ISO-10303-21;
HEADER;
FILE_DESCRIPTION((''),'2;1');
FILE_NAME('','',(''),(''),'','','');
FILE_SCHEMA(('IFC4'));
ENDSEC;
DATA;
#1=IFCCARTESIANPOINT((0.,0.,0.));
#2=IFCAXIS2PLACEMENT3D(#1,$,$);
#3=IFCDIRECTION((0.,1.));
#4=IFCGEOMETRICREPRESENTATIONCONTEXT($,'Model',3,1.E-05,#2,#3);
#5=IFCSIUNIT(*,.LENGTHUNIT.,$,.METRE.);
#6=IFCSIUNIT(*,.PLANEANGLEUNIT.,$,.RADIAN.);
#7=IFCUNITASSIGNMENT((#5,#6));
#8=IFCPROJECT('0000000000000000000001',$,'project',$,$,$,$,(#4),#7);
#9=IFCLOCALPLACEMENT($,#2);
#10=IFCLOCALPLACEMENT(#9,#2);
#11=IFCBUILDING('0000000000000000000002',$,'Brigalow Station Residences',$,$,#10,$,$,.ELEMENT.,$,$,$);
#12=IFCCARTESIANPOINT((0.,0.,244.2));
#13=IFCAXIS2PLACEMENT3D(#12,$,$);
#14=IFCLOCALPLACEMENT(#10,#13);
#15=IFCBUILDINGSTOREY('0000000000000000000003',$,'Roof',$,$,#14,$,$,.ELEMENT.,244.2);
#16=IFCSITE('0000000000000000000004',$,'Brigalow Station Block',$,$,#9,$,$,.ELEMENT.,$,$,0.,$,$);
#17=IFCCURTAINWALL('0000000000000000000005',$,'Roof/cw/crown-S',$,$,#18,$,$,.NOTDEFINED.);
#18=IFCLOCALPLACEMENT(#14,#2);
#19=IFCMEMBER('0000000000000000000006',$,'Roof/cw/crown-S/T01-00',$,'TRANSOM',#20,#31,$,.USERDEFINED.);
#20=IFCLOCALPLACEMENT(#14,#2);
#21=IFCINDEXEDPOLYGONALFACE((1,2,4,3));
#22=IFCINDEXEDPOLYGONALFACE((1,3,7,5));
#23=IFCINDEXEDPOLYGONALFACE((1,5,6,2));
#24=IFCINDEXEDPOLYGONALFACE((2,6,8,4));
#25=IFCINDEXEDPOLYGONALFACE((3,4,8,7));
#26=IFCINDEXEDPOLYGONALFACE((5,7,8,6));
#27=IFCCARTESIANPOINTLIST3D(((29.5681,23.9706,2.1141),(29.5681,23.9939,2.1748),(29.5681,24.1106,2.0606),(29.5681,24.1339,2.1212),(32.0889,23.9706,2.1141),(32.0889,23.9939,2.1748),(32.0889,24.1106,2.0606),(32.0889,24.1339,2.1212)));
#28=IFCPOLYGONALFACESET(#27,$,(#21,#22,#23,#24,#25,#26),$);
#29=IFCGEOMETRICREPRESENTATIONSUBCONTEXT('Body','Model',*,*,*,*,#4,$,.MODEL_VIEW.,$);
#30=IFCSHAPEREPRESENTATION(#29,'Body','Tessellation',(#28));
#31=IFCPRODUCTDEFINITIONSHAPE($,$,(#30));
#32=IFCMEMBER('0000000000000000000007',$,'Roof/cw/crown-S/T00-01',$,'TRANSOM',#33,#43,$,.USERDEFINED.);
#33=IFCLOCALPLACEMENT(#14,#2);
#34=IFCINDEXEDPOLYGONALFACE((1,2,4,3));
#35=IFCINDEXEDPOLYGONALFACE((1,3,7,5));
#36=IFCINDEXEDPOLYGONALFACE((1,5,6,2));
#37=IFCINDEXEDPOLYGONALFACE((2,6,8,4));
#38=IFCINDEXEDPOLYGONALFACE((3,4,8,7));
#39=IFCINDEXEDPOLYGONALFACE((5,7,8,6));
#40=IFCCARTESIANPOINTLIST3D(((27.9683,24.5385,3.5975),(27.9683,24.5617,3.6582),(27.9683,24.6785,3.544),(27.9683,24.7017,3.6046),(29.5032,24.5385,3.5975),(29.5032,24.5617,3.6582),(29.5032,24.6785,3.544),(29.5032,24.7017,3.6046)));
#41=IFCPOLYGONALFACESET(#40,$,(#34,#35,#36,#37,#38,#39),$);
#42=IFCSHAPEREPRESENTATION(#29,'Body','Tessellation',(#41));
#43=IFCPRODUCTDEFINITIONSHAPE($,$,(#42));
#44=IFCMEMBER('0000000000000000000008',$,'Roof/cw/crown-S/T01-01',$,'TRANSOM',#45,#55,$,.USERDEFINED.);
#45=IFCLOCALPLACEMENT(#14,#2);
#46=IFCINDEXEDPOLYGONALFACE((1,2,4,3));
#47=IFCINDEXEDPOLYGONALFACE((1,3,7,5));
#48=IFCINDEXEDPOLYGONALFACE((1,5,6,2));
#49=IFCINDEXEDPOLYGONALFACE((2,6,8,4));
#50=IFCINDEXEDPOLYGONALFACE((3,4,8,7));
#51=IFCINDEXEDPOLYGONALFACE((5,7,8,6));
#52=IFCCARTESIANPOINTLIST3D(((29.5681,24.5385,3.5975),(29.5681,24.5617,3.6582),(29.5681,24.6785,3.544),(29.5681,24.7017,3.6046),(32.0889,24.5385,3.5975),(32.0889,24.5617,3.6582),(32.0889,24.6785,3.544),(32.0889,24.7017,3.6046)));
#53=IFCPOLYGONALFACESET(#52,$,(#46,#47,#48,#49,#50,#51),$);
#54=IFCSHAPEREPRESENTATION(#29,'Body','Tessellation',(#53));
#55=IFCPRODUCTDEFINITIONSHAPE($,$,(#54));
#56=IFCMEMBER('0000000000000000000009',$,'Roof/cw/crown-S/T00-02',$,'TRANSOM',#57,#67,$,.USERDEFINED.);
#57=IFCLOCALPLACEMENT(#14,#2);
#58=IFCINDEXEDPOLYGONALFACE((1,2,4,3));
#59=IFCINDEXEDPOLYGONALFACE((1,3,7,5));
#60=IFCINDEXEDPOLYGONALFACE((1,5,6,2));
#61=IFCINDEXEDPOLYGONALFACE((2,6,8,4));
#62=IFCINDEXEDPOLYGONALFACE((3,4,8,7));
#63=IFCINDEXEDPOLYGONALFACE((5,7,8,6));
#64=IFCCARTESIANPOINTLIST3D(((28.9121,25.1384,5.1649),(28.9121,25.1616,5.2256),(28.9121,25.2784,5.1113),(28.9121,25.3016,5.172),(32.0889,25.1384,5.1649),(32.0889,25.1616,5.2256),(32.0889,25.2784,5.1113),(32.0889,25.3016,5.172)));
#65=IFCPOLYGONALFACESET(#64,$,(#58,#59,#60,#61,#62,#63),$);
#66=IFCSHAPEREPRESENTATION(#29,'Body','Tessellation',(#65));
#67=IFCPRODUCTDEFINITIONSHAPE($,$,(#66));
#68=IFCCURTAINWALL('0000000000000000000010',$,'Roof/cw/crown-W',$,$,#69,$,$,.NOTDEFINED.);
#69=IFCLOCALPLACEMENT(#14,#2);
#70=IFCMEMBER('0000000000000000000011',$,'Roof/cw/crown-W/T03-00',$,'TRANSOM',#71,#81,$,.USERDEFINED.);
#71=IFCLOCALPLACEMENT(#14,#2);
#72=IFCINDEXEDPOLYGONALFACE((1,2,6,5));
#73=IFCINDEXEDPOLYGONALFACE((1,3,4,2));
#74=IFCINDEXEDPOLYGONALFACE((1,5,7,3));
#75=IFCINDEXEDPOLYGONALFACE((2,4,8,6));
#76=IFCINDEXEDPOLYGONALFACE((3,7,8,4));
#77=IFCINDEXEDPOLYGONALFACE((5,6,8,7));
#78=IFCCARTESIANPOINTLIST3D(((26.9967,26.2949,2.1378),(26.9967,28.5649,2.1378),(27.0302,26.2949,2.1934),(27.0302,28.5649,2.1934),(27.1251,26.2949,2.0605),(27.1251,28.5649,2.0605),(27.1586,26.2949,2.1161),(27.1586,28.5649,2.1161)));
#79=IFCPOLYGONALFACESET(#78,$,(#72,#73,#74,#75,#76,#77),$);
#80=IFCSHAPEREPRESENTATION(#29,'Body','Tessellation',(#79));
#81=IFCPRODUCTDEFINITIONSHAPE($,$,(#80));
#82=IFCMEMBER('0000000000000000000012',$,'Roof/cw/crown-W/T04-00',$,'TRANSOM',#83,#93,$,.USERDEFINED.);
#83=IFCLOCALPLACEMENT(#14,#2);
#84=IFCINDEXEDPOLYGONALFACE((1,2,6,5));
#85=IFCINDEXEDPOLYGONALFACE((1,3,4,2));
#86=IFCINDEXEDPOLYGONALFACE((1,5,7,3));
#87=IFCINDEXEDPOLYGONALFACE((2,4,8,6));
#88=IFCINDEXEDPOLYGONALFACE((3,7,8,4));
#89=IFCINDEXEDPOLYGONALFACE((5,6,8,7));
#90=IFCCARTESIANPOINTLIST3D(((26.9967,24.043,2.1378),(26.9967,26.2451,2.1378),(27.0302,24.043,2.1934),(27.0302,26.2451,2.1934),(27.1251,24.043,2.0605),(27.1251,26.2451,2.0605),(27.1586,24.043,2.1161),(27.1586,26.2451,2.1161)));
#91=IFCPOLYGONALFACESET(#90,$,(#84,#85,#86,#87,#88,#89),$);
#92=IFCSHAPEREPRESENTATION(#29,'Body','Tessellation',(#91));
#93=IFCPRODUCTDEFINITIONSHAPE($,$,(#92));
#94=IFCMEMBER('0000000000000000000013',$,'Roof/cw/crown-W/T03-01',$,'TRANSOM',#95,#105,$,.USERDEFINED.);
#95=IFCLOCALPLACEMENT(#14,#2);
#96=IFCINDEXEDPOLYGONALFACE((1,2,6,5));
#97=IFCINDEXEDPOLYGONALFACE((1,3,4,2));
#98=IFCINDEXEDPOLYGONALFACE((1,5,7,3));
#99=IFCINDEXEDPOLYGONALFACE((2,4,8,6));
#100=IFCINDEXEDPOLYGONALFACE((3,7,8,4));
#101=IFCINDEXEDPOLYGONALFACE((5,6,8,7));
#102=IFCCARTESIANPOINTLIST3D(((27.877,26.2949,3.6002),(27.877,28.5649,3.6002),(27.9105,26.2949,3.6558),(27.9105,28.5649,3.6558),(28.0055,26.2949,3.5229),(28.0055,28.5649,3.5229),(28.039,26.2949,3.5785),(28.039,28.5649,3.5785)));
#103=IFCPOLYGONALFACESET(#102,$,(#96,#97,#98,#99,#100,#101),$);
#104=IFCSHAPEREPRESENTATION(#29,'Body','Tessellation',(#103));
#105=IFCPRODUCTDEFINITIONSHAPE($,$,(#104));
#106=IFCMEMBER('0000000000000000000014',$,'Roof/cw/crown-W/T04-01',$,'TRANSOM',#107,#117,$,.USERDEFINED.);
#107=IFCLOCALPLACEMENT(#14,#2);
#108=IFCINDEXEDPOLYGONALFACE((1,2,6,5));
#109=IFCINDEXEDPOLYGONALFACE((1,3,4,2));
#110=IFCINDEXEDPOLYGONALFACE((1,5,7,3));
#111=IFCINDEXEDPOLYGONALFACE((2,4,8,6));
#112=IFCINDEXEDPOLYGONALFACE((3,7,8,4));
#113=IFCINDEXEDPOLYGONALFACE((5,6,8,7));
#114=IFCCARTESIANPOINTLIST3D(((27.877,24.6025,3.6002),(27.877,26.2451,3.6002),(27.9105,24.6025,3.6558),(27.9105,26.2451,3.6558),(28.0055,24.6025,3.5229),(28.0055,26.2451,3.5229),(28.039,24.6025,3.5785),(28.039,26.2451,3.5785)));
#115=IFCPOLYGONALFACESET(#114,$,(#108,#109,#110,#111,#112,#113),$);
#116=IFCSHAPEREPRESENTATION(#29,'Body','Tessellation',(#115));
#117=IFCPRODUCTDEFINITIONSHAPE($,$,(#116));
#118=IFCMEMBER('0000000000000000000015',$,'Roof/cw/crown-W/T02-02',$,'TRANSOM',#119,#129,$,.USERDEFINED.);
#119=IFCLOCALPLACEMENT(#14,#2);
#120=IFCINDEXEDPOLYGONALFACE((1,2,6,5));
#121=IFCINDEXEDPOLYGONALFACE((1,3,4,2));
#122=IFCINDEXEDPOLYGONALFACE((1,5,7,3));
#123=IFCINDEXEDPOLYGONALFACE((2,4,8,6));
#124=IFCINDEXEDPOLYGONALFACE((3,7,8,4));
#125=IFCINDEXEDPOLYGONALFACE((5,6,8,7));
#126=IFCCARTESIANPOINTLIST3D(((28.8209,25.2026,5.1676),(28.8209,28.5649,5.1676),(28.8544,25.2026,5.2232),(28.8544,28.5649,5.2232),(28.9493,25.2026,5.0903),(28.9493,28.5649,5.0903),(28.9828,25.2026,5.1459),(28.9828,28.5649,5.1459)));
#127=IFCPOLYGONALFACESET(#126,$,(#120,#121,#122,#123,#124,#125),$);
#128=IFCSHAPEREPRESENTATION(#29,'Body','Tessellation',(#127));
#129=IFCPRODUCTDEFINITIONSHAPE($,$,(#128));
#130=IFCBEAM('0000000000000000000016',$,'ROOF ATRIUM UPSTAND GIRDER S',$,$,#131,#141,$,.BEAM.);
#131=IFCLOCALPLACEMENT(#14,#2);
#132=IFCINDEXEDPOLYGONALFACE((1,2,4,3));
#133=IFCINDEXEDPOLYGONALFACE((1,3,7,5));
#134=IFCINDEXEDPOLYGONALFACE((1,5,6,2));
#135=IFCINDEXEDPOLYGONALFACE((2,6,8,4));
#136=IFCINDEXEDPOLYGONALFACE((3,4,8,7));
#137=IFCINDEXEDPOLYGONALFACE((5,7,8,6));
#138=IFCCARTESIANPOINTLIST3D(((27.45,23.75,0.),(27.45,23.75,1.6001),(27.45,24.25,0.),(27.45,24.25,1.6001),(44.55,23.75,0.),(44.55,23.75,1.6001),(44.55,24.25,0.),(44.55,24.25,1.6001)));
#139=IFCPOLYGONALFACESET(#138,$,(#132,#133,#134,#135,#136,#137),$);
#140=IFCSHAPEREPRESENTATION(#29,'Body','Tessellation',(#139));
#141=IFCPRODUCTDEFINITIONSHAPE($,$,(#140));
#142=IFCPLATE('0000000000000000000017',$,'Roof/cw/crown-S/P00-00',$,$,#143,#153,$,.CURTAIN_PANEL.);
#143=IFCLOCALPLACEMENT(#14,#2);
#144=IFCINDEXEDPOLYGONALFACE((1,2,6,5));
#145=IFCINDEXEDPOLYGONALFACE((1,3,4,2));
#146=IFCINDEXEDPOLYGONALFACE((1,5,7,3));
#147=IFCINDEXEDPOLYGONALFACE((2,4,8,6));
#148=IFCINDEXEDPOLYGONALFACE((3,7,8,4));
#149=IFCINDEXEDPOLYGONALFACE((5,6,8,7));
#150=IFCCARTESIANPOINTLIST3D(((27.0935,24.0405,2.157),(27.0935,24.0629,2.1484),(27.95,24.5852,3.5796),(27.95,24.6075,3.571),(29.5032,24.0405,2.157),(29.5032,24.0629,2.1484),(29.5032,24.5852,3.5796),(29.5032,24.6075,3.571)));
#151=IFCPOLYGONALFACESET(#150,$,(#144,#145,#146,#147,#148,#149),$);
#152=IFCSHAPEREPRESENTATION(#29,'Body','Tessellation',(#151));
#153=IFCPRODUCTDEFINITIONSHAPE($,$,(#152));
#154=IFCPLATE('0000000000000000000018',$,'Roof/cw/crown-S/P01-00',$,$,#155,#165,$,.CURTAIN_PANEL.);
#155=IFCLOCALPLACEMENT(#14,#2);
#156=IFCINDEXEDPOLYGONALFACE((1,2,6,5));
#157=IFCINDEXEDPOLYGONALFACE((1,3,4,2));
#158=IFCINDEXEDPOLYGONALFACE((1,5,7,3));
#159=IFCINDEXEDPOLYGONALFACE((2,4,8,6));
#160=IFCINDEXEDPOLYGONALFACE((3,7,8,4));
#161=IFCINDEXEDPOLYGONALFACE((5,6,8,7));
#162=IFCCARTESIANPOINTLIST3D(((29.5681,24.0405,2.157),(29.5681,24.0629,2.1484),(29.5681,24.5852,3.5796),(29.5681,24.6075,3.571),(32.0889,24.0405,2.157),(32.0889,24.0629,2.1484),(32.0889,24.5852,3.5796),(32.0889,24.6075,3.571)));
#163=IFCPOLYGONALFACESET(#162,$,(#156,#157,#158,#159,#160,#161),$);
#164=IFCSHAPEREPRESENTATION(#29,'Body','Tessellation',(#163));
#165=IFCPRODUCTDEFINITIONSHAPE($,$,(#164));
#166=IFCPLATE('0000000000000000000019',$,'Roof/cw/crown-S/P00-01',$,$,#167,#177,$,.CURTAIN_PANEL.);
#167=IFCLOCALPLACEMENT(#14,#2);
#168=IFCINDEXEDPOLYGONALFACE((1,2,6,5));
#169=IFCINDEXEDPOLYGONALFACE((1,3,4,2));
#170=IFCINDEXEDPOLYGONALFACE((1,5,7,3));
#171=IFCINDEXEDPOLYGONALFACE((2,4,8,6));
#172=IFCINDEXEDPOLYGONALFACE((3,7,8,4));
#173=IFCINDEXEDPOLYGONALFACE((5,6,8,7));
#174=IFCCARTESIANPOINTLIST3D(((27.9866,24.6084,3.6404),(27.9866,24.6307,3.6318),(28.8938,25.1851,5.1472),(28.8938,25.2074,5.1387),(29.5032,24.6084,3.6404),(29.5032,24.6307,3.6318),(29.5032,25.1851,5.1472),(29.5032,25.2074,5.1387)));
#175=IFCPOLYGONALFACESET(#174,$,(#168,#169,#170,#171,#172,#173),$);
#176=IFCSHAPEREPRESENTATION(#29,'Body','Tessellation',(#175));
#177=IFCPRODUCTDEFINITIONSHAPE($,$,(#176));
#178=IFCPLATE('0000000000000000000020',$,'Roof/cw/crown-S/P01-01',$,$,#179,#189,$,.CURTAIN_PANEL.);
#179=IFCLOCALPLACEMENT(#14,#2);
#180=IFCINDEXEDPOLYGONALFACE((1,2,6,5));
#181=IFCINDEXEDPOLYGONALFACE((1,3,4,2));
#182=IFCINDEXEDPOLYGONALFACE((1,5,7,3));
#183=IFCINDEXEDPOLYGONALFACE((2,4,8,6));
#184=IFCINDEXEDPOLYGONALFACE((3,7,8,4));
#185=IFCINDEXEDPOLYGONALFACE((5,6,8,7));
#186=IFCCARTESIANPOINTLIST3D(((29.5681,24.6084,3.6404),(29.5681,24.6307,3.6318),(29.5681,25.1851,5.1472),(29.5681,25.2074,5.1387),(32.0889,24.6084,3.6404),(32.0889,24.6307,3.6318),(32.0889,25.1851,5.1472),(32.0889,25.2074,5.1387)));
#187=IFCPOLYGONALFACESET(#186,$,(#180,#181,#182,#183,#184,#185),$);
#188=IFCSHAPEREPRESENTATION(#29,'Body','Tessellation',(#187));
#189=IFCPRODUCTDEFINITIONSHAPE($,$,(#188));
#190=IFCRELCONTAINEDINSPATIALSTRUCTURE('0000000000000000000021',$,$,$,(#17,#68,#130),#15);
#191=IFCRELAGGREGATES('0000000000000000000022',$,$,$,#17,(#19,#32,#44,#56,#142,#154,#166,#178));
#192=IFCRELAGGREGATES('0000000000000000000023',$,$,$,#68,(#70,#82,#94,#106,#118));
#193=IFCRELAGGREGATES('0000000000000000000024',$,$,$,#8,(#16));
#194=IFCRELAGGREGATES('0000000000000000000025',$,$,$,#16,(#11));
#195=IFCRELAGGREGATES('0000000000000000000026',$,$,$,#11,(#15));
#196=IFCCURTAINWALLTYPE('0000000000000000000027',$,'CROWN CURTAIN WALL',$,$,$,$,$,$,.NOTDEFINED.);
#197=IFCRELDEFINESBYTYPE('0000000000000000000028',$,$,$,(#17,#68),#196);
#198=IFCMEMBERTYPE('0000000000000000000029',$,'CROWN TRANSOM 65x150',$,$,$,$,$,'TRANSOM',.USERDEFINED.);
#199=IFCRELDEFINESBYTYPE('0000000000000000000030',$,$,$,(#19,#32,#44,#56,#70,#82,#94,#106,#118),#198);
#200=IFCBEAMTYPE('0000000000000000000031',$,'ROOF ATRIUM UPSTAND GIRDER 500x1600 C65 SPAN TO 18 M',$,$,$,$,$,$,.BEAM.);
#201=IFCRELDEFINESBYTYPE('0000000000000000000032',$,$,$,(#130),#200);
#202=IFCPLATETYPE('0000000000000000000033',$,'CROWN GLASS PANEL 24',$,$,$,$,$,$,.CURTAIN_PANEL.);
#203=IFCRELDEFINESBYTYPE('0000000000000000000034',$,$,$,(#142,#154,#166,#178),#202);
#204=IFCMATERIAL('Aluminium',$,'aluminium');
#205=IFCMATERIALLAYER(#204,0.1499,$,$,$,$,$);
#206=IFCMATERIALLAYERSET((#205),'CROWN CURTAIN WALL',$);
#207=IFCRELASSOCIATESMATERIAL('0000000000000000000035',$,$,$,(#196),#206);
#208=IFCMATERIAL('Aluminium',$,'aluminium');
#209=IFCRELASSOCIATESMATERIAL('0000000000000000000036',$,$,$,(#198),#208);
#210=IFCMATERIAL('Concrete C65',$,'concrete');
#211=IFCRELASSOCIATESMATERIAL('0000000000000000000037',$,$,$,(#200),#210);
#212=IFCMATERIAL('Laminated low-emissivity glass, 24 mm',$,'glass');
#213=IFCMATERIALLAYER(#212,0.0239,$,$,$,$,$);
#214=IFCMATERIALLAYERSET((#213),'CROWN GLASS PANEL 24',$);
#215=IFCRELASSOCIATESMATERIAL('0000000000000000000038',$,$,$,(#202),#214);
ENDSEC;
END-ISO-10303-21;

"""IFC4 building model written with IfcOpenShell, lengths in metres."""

from ifc_helpers import new_model, si_unit, direction, frame, origin, origin_2d, place, context, subcontext, project, spatial, polyline, rectangle, outline, extrude, material, layer, layer_set, material_profile, profile_set, type_object, element, aggregate, save


model = new_model("IFC4")

# Units and contexts
model_context = context("Model", 3, precision=1e-05, world=origin(), true_north=direction((0.0, 1.0)))
body_context = subcontext(model_context, "Body", "Model", "MODEL_VIEW")
ifc_project = project(units=[si_unit("LENGTHUNIT", "METRE"), si_unit("PLANEANGLEUNIT", "RADIAN")], contexts=[model_context])

# Site, building, storey
site_placement = place(None, origin())
site = spatial("IfcSite", under=ifc_project, at=site_placement, Name="Brigalow Station Block", CompositionType="ELEMENT", RefElevation=0.0)
building_placement = place(site_placement, origin())
building = spatial("IfcBuilding", under=site, at=building_placement, Name="Brigalow Station Residences", CompositionType="ELEMENT")
storey_placement = place(building_placement, frame((0.0, 0.0, 244.2)))
storey = spatial("IfcBuildingStorey", under=building, at=storey_placement, Name="Roof", CompositionType="ELEMENT", Elevation=244.2)

# Curtain walls, members
ifc_material_1 = material(Name="Aluminium", Category="aluminium")
ifc_layer_1 = layer(ifc_material_1, 0.1499)
ifc_layer_set_1 = layer_set([ifc_layer_1], Name="CROWN CURTAIN WALL")
curtain_wall_type = type_object("IfcCurtainWallType", Name="CROWN CURTAIN WALL", PredefinedType="NOTDEFINED", material=ifc_layer_set_1)
curtain_wall_1_placement = place(storey_placement, origin())
curtain_wall_1 = element("IfcCurtainWall", 1, at=curtain_wall_1_placement, inside=storey, type_object=curtain_wall_type, Name="Roof/cw/crown-S", PredefinedType="NOTDEFINED")
ifc_material_2 = material(Name="Aluminium", Category="aluminium")
ifc_material_profile_1 = material_profile(ifc_material_2, rectangle(XDim=0.0649, YDim=0.1499, at=origin_2d()), Name="CROWN TRANSOM 65x150")
ifc_profile_set_1 = profile_set([ifc_material_profile_1], Name="Aluminium")
member_type_1 = type_object("IfcMemberType", Name="CROWN TRANSOM 65x150", ElementType="TRANSOM", PredefinedType="USERDEFINED", material=ifc_profile_set_1)
member_1_placement = place(storey_placement, frame((29.5681, 24.0522, 2.1177), z_axis=(1.0, 0.0, 0.0), x_axis=(0.0, 0.357491, 0.933917)))
member_1 = element("IfcMember", 2, at=member_1_placement, type_object=member_type_1, Name="Roof/cw/crown-S/T01-00", ObjectType="TRANSOM", PredefinedType="USERDEFINED", context=body_context, shape_type="SweptSolid", body=[
    extrude(rectangle(XDim=0.0649, YDim=0.1499, at=origin_2d()), origin(), (0.0, 0.0, 1.0), 2.5208),
])
member_2_placement = place(storey_placement, frame((27.9683, 24.6201, 3.6011), z_axis=(1.0, 0.0, 0.0), x_axis=(0.0, 0.357491, 0.933917)))
member_2 = element("IfcMember", 3, at=member_2_placement, type_object=member_type_1, Name="Roof/cw/crown-S/T00-01", ObjectType="TRANSOM", PredefinedType="USERDEFINED", context=body_context, shape_type="SweptSolid", body=[
    extrude(rectangle(XDim=0.0649, YDim=0.1499, at=origin_2d()), origin(), (0.0, 0.0, 1.0), 1.5349),
])
member_3_placement = place(storey_placement, frame((29.5681, 24.6201, 3.6011), z_axis=(1.0, 0.0, 0.0), x_axis=(0.0, 0.357491, 0.933917)))
member_3 = element("IfcMember", 4, at=member_3_placement, type_object=member_type_1, Name="Roof/cw/crown-S/T01-01", ObjectType="TRANSOM", PredefinedType="USERDEFINED", context=body_context, shape_type="SweptSolid", body=[
    extrude(rectangle(XDim=0.0649, YDim=0.1499, at=origin_2d()), origin(), (0.0, 0.0, 1.0), 2.5208),
])
member_4_placement = place(storey_placement, frame((28.9121, 25.22, 5.1685), z_axis=(1.0, 0.0, 0.0), x_axis=(0.0, 0.357491, 0.933917)))
member_4 = element("IfcMember", 5, at=member_4_placement, type_object=member_type_1, Name="Roof/cw/crown-S/T00-02", ObjectType="TRANSOM", PredefinedType="USERDEFINED", context=body_context, shape_type="SweptSolid", body=[
    extrude(rectangle(XDim=0.0649, YDim=0.1499, at=origin_2d()), origin(), (0.0, 0.0, 1.0), 3.1768),
])
curtain_wall_2_placement = place(storey_placement, origin())
curtain_wall_2 = element("IfcCurtainWall", 6, at=curtain_wall_2_placement, inside=storey, type_object=curtain_wall_type, Name="Roof/cw/crown-W", PredefinedType="NOTDEFINED")
member_5_placement = place(storey_placement, frame((27.0776, 28.5649, 2.127), z_axis=(0.0, -1.0, 0.0), x_axis=(0.515813, 0.0, 0.856701)))
member_5 = element("IfcMember", 7, at=member_5_placement, type_object=member_type_1, Name="Roof/cw/crown-W/T03-00", ObjectType="TRANSOM", PredefinedType="USERDEFINED", context=body_context, shape_type="SweptSolid", body=[
    extrude(rectangle(XDim=0.0649, YDim=0.1499, at=origin_2d()), origin(), (0.0, 0.0, 1.0), 2.27),
])
member_6_placement = place(storey_placement, frame((27.0776, 26.2451, 2.127), z_axis=(0.0, -1.0, 0.0), x_axis=(0.515813, 0.0, 0.856701)))
member_6 = element("IfcMember", 8, at=member_6_placement, type_object=member_type_1, Name="Roof/cw/crown-W/T04-00", ObjectType="TRANSOM", PredefinedType="USERDEFINED", context=body_context, shape_type="SweptSolid", body=[
    extrude(rectangle(XDim=0.0649, YDim=0.1499, at=origin_2d()), origin(), (0.0, 0.0, 1.0), 2.2021),
])
member_7_placement = place(storey_placement, frame((27.958, 28.5649, 3.5894), z_axis=(0.0, -1.0, 0.0), x_axis=(0.515813, 0.0, 0.856701)))
member_7 = element("IfcMember", 9, at=member_7_placement, type_object=member_type_1, Name="Roof/cw/crown-W/T03-01", ObjectType="TRANSOM", PredefinedType="USERDEFINED", context=body_context, shape_type="SweptSolid", body=[
    extrude(rectangle(XDim=0.0649, YDim=0.1499, at=origin_2d()), origin(), (0.0, 0.0, 1.0), 2.27),
])
member_8_placement = place(storey_placement, frame((27.958, 26.2451, 3.5894), z_axis=(0.0, -1.0, 0.0), x_axis=(0.515813, 0.0, 0.856701)))
member_8 = element("IfcMember", 10, at=member_8_placement, type_object=member_type_1, Name="Roof/cw/crown-W/T04-01", ObjectType="TRANSOM", PredefinedType="USERDEFINED", context=body_context, shape_type="SweptSolid", body=[
    extrude(rectangle(XDim=0.0649, YDim=0.1499, at=origin_2d()), origin(), (0.0, 0.0, 1.0), 1.6426),
])
member_9_placement = place(storey_placement, frame((28.9019, 28.5649, 5.1567), z_axis=(0.0, -1.0, 0.0), x_axis=(0.515813, 0.0, 0.856701)))
member_9 = element("IfcMember", 11, at=member_9_placement, type_object=member_type_1, Name="Roof/cw/crown-W/T02-02", ObjectType="TRANSOM", PredefinedType="USERDEFINED", context=body_context, shape_type="SweptSolid", body=[
    extrude(rectangle(XDim=0.0649, YDim=0.1499, at=origin_2d()), origin(), (0.0, 0.0, 1.0), 3.3623),
])

# Beam
ifc_material_3 = material(Name="Concrete C65", Category="concrete")
ifc_material_profile_2 = material_profile(ifc_material_3, rectangle(XDim=0.5, YDim=1.6001, at=origin_2d()), Name="RC500x1600")
ifc_profile_set_2 = profile_set([ifc_material_profile_2], Name="Concrete C65")
beam_type_1 = type_object("IfcBeamType", Name="ROOF ATRIUM UPSTAND GIRDER 500x1600 C65 SPAN TO 18 M", PredefinedType="BEAM", material=ifc_profile_set_2)
beam_1_placement = place(storey_placement, frame((27.45, 24.0, 0.8), z_axis=(1.0, 0.0, 0.0), x_axis=(0.0, 1.0, 0.0)))
element("IfcBeam", 12, at=beam_1_placement, inside=storey, type_object=beam_type_1, Name="ROOF ATRIUM UPSTAND GIRDER S", PredefinedType="BEAM", context=body_context, shape_type="SweptSolid", body=[
    extrude(rectangle(XDim=0.5, YDim=1.6001, at=origin_2d()), origin(), (0.0, 0.0, 1.0), 17.1001),
])

# Plates
ifc_material_4 = material(Name="Laminated low-emissivity glass, 24 mm", Category="glass")
ifc_layer_2 = layer(ifc_material_4, 0.0239)
ifc_layer_set_2 = layer_set([ifc_layer_2], Name="CROWN GLASS PANEL 24")
plate_type = type_object("IfcPlateType", Name="CROWN GLASS PANEL 24", PredefinedType="CURTAIN_PANEL", material=ifc_layer_set_2)
plate_1_placement = place(storey_placement, frame((27.0935, 24.0405, 2.157), z_axis=(0.0, -0.93389, 0.357561), x_axis=(1.0, 0.0, 0.0)))
plate_1 = element("IfcPlate", 13, at=plate_1_placement, type_object=plate_type, Name="Roof/cw/crown-S/P00-00", PredefinedType="CURTAIN_PANEL", context=body_context, shape_type="SweptSolid", body=[
    extrude(outline(polyline([(0.0, 0.0), (2.4097, 0.0), (2.4097, 1.5233), (0.8564, 1.5233), (0.0, 0.0)])), origin(), (0.0, 0.0, -1.0), 0.0239),
])
plate_2_placement = place(storey_placement, frame((29.5681, 24.0405, 2.157), z_axis=(0.0, -0.93389, 0.357561), x_axis=(1.0, 0.0, 0.0)))
plate_2 = element("IfcPlate", 14, at=plate_2_placement, type_object=plate_type, Name="Roof/cw/crown-S/P01-00", PredefinedType="CURTAIN_PANEL", context=body_context, shape_type="SweptSolid", body=[
    extrude(outline(polyline([(0.0, 0.0), (2.5208, 0.0), (2.5208, 1.5233), (0.0, 1.5233), (0.0, 0.0)])), origin(), (0.0, 0.0, -1.0), 0.0239),
])
plate_3_placement = place(storey_placement, frame((27.9866, 24.6084, 3.6404), z_axis=(0.0, -0.933945, 0.357417), x_axis=(1.0, 0.0, 0.0)))
plate_3 = element("IfcPlate", 15, at=plate_3_placement, type_object=plate_type, Name="Roof/cw/crown-S/P00-01", PredefinedType="CURTAIN_PANEL", context=body_context, shape_type="SweptSolid", body=[
    extrude(outline(polyline([(0.0, 0.0), (1.5166, 0.0), (1.5166, 1.6134), (0.9072, 1.6134), (0.0, 0.0)])), origin(), (0.0, 0.0, -1.0), 0.0239),
])
plate_4_placement = place(storey_placement, frame((29.5681, 24.6084, 3.6404), z_axis=(0.0, -0.933945, 0.357417), x_axis=(1.0, 0.0, 0.0)))
plate_4 = element("IfcPlate", 16, at=plate_4_placement, type_object=plate_type, Name="Roof/cw/crown-S/P01-01", PredefinedType="CURTAIN_PANEL", context=body_context, shape_type="SweptSolid", body=[
    extrude(outline(polyline([(0.0, 0.0), (2.5208, 0.0), (2.5208, 1.6134), (0.0, 1.6134), (0.0, 0.0)])), origin(), (0.0, 0.0, -1.0), 0.0239),
])
aggregate(curtain_wall_1, [member_1, member_2, member_3, member_4, plate_1, plate_2, plate_3, plate_4])
aggregate(curtain_wall_2, [member_5, member_6, member_7, member_8, member_9])

save(model, "model.ifc")
